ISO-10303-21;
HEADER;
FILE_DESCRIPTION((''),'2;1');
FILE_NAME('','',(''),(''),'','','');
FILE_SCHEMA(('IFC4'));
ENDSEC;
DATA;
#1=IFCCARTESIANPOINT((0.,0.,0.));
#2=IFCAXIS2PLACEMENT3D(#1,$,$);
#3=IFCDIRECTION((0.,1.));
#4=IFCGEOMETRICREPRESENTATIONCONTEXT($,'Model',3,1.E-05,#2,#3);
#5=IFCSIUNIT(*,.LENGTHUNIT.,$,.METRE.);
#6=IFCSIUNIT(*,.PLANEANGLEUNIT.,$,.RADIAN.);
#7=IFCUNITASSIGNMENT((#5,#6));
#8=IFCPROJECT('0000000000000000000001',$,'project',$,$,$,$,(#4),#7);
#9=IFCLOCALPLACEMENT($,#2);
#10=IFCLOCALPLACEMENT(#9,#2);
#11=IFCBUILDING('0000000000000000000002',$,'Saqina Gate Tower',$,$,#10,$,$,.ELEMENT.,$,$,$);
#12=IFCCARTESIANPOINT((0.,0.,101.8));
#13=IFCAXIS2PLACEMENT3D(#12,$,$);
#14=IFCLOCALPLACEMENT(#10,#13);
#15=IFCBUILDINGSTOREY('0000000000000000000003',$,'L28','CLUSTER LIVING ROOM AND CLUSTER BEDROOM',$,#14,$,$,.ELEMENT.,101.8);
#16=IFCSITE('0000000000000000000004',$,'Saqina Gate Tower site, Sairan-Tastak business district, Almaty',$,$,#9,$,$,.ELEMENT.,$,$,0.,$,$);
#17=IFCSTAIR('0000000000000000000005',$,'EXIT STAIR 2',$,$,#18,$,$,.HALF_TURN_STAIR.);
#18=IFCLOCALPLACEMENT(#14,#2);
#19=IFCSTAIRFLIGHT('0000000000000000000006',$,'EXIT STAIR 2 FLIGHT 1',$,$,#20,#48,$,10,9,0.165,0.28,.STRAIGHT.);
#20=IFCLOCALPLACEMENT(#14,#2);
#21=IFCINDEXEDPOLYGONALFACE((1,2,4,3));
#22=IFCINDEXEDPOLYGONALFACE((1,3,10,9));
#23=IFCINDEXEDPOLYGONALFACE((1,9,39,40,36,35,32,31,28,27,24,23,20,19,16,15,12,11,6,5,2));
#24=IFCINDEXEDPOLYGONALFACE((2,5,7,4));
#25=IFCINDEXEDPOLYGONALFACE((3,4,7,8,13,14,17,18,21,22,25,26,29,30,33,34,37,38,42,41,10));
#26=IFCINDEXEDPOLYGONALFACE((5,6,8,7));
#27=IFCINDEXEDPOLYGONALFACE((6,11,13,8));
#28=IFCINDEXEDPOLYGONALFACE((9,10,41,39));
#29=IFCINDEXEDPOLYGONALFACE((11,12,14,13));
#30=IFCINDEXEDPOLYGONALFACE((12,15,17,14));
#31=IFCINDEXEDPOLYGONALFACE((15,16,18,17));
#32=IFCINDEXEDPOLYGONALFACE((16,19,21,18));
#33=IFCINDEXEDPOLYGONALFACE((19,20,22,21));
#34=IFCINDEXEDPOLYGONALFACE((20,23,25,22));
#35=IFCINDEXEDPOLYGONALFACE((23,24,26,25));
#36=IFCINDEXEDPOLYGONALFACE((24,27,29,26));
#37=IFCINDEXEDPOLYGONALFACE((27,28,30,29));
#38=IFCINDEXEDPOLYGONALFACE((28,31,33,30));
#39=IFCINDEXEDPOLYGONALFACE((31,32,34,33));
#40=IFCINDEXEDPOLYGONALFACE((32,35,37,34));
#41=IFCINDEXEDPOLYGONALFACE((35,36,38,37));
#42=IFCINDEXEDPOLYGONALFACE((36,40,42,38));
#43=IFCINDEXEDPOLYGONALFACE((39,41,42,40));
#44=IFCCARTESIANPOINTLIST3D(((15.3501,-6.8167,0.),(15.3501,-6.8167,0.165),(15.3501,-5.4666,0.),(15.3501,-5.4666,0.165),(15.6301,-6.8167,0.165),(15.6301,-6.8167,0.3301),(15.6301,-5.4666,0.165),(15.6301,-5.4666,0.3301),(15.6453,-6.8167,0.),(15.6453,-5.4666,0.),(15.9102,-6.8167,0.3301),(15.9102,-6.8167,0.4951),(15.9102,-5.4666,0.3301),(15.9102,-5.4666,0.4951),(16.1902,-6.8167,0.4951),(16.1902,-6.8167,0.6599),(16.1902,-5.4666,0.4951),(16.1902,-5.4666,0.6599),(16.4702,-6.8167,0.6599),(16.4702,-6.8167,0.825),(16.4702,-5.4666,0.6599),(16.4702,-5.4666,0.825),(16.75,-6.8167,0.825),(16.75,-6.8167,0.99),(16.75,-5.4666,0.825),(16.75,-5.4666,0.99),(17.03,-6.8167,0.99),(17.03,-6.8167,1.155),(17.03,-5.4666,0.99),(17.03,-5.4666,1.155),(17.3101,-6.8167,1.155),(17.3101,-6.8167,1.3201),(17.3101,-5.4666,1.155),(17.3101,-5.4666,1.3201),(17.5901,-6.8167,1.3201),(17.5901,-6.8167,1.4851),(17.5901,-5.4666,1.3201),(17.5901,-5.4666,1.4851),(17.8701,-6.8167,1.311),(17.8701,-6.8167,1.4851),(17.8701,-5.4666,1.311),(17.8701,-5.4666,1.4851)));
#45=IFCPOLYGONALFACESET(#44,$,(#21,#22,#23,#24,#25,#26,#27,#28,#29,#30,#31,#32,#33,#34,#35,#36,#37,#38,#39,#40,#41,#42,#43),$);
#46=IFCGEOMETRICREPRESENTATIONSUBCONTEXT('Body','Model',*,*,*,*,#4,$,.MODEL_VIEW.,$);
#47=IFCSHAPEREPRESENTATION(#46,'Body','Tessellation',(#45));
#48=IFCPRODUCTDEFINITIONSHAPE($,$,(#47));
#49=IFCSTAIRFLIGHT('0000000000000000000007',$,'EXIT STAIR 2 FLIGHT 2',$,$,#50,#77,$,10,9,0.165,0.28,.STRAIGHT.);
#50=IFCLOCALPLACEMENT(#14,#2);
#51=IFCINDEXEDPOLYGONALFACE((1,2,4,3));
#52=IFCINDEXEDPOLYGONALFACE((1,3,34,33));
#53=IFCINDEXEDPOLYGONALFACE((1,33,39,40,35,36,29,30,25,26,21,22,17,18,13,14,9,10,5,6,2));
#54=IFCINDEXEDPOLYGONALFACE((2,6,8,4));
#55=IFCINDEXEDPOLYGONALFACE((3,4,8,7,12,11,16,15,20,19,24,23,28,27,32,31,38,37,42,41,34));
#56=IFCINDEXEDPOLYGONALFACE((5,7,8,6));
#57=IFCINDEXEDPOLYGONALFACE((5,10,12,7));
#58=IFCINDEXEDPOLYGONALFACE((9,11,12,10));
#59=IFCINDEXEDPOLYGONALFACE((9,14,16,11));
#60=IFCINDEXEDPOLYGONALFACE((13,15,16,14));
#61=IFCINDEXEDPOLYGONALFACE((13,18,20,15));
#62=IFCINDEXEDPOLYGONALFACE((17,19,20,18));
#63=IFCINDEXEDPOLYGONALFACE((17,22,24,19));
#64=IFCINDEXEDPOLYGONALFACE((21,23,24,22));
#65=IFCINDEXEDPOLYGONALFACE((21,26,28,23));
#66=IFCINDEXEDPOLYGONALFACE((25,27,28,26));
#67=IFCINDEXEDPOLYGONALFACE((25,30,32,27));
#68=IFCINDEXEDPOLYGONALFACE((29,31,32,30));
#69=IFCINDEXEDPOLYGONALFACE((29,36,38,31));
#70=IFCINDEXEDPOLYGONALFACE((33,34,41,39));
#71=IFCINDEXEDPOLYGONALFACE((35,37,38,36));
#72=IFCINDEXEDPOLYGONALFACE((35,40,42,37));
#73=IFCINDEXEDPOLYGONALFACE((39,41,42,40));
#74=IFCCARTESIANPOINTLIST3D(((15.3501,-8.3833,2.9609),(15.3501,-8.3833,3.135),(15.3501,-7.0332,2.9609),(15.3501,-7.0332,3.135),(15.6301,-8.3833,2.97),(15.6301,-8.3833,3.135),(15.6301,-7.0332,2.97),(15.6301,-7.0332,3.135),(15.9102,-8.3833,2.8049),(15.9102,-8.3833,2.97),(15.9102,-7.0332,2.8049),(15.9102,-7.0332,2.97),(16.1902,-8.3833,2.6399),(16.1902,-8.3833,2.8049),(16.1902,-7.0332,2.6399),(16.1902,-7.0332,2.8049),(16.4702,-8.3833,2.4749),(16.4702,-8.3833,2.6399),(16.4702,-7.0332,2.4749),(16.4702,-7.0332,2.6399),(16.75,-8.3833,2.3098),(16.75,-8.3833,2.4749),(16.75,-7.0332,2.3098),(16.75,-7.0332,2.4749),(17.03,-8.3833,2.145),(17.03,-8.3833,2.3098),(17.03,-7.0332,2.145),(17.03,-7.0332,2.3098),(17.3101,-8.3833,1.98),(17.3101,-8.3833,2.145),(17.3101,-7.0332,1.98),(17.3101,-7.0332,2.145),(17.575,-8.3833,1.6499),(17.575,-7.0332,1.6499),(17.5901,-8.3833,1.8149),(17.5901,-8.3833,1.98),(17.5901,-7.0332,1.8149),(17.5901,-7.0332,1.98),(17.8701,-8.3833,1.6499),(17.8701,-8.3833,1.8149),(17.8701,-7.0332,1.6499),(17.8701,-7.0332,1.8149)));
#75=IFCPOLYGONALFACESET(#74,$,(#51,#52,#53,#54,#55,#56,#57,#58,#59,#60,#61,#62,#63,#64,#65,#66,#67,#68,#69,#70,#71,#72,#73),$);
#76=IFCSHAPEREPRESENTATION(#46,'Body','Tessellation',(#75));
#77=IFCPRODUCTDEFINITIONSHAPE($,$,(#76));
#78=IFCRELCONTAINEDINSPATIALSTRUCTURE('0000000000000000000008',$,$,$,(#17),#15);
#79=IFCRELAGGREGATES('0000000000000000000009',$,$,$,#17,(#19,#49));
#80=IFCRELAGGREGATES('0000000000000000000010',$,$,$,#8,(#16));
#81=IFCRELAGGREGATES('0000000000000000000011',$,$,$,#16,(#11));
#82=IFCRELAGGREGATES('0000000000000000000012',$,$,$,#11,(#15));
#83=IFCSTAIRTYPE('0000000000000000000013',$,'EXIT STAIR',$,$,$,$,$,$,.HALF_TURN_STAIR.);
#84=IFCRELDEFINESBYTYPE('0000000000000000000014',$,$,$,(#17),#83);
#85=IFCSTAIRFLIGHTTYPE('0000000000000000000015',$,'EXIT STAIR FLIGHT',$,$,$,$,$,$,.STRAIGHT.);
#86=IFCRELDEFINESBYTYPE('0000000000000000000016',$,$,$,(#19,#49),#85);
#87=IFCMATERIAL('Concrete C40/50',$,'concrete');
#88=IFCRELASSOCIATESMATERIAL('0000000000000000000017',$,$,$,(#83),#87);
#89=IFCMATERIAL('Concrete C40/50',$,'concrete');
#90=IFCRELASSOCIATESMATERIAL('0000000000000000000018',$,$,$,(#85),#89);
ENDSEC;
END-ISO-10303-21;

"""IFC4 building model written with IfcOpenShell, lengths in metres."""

from ifc_helpers import new_model, si_unit, direction, frame, origin, place, context, subcontext, project, spatial, polyline, outline, extrude, material, type_object, element, aggregate, save


model = new_model("IFC4")

# Units and contexts
model_context = context("Model", 3, precision=1e-05, world=origin(), true_north=direction((0.0, 1.0)))
body_context = subcontext(model_context, "Body", "Model", "MODEL_VIEW")
ifc_project = project(units=[si_unit("LENGTHUNIT", "METRE"), si_unit("PLANEANGLEUNIT", "RADIAN")], contexts=[model_context])

# Site, building, storey
site_placement = place(None, origin())
site = spatial("IfcSite", under=ifc_project, at=site_placement, Name="Saqina Gate Tower site, Sairan-Tastak business district, Almaty", CompositionType="ELEMENT", RefElevation=0.0)
building_placement = place(site_placement, origin())
building = spatial("IfcBuilding", under=site, at=building_placement, Name="Saqina Gate Tower", CompositionType="ELEMENT")
storey_placement = place(building_placement, frame((0.0, 0.0, 101.8)))
storey = spatial("IfcBuildingStorey", under=building, at=storey_placement, Name="L28", Description="CLUSTER LIVING ROOM AND CLUSTER BEDROOM", CompositionType="ELEMENT", Elevation=101.8)

# Stair, stair flights
ifc_material_1 = material(Name="Concrete C40/50", Category="concrete")
stair_type = type_object("IfcStairType", Name="EXIT STAIR", PredefinedType="HALF_TURN_STAIR", material=ifc_material_1)
stair_placement = place(storey_placement, origin())
stair = element("IfcStair", 1, at=stair_placement, inside=storey, type_object=stair_type, Name="EXIT STAIR 2", PredefinedType="HALF_TURN_STAIR")
ifc_material_2 = material(Name="Concrete C40/50", Category="concrete")
stair_flight_type = type_object("IfcStairFlightType", Name="EXIT STAIR FLIGHT", PredefinedType="STRAIGHT", material=ifc_material_2)
stair_flight_1_placement = place(storey_placement, frame((15.3501, -6.1416, 0.0), z_axis=(0.0, 0.0, 1.0), x_axis=(1.0, 0.0, 0.0)))
stair_flight_1 = element("IfcStairFlight", 2, at=stair_flight_1_placement, type_object=stair_flight_type, Name="EXIT STAIR 2 FLIGHT 1", NumberOfRisers=10, NumberOfTreads=9, PredefinedType="STRAIGHT", RiserHeight=0.165, TreadLength=0.28, context=body_context, shape_type="SweptSolid", body=[
    extrude(outline(polyline([(0.0, 0.0), (0.0, 0.165), (0.28, 0.165), (0.28, 0.3301), (0.5601, 0.3301), (0.5601, 0.4951), (0.8401, 0.4951), (0.8401, 0.6599), (1.1201, 0.6599), (1.1201, 0.825), (1.3999, 0.825), (1.3999, 0.99), (1.6799, 0.99), (1.6799, 1.155), (1.96, 1.155), (1.96, 1.3201), (2.24, 1.3201), (2.24, 1.4851), (2.52, 1.4851), (2.52, 1.6499), (2.52, 1.311), (0.2952, 0.0), (0.0, 0.0)])), frame((0.0, 0.675, 0.0), z_axis=(0.0, -1.0, 0.0), x_axis=(1.0, 0.0, 0.0)), (0.0, 0.0, 1.0), 1.3501),
])
stair_flight_2_placement = place(storey_placement, frame((17.8701, -7.7083, 1.6499), z_axis=(0.0, 0.0, 1.0), x_axis=(-1.0, 0.0, 0.0)))
stair_flight_2 = element("IfcStairFlight", 3, at=stair_flight_2_placement, type_object=stair_flight_type, Name="EXIT STAIR 2 FLIGHT 2", NumberOfRisers=10, NumberOfTreads=9, PredefinedType="STRAIGHT", RiserHeight=0.165, TreadLength=0.28, context=body_context, shape_type="SweptSolid", body=[
    extrude(outline(polyline([(0.0, 0.0), (0.0, 0.165), (0.28, 0.165), (0.28, 0.3301), (0.5601, 0.3301), (0.5601, 0.4951), (0.8401, 0.4951), (0.8401, 0.6599), (1.1201, 0.6599), (1.1201, 0.825), (1.3999, 0.825), (1.3999, 0.99), (1.6799, 0.99), (1.6799, 1.155), (1.96, 1.155), (1.96, 1.3201), (2.24, 1.3201), (2.24, 1.4851), (2.52, 1.4851), (2.52, 1.6499), (2.52, 1.311), (0.2952, 0.0), (0.0, 0.0)])), frame((0.0, 0.675, 0.0), z_axis=(0.0, -1.0, 0.0), x_axis=(1.0, 0.0, 0.0)), (0.0, 0.0, 1.0), 1.3501),
])
aggregate(stair, [stair_flight_1, stair_flight_2])

save(model, "model.ifc")
